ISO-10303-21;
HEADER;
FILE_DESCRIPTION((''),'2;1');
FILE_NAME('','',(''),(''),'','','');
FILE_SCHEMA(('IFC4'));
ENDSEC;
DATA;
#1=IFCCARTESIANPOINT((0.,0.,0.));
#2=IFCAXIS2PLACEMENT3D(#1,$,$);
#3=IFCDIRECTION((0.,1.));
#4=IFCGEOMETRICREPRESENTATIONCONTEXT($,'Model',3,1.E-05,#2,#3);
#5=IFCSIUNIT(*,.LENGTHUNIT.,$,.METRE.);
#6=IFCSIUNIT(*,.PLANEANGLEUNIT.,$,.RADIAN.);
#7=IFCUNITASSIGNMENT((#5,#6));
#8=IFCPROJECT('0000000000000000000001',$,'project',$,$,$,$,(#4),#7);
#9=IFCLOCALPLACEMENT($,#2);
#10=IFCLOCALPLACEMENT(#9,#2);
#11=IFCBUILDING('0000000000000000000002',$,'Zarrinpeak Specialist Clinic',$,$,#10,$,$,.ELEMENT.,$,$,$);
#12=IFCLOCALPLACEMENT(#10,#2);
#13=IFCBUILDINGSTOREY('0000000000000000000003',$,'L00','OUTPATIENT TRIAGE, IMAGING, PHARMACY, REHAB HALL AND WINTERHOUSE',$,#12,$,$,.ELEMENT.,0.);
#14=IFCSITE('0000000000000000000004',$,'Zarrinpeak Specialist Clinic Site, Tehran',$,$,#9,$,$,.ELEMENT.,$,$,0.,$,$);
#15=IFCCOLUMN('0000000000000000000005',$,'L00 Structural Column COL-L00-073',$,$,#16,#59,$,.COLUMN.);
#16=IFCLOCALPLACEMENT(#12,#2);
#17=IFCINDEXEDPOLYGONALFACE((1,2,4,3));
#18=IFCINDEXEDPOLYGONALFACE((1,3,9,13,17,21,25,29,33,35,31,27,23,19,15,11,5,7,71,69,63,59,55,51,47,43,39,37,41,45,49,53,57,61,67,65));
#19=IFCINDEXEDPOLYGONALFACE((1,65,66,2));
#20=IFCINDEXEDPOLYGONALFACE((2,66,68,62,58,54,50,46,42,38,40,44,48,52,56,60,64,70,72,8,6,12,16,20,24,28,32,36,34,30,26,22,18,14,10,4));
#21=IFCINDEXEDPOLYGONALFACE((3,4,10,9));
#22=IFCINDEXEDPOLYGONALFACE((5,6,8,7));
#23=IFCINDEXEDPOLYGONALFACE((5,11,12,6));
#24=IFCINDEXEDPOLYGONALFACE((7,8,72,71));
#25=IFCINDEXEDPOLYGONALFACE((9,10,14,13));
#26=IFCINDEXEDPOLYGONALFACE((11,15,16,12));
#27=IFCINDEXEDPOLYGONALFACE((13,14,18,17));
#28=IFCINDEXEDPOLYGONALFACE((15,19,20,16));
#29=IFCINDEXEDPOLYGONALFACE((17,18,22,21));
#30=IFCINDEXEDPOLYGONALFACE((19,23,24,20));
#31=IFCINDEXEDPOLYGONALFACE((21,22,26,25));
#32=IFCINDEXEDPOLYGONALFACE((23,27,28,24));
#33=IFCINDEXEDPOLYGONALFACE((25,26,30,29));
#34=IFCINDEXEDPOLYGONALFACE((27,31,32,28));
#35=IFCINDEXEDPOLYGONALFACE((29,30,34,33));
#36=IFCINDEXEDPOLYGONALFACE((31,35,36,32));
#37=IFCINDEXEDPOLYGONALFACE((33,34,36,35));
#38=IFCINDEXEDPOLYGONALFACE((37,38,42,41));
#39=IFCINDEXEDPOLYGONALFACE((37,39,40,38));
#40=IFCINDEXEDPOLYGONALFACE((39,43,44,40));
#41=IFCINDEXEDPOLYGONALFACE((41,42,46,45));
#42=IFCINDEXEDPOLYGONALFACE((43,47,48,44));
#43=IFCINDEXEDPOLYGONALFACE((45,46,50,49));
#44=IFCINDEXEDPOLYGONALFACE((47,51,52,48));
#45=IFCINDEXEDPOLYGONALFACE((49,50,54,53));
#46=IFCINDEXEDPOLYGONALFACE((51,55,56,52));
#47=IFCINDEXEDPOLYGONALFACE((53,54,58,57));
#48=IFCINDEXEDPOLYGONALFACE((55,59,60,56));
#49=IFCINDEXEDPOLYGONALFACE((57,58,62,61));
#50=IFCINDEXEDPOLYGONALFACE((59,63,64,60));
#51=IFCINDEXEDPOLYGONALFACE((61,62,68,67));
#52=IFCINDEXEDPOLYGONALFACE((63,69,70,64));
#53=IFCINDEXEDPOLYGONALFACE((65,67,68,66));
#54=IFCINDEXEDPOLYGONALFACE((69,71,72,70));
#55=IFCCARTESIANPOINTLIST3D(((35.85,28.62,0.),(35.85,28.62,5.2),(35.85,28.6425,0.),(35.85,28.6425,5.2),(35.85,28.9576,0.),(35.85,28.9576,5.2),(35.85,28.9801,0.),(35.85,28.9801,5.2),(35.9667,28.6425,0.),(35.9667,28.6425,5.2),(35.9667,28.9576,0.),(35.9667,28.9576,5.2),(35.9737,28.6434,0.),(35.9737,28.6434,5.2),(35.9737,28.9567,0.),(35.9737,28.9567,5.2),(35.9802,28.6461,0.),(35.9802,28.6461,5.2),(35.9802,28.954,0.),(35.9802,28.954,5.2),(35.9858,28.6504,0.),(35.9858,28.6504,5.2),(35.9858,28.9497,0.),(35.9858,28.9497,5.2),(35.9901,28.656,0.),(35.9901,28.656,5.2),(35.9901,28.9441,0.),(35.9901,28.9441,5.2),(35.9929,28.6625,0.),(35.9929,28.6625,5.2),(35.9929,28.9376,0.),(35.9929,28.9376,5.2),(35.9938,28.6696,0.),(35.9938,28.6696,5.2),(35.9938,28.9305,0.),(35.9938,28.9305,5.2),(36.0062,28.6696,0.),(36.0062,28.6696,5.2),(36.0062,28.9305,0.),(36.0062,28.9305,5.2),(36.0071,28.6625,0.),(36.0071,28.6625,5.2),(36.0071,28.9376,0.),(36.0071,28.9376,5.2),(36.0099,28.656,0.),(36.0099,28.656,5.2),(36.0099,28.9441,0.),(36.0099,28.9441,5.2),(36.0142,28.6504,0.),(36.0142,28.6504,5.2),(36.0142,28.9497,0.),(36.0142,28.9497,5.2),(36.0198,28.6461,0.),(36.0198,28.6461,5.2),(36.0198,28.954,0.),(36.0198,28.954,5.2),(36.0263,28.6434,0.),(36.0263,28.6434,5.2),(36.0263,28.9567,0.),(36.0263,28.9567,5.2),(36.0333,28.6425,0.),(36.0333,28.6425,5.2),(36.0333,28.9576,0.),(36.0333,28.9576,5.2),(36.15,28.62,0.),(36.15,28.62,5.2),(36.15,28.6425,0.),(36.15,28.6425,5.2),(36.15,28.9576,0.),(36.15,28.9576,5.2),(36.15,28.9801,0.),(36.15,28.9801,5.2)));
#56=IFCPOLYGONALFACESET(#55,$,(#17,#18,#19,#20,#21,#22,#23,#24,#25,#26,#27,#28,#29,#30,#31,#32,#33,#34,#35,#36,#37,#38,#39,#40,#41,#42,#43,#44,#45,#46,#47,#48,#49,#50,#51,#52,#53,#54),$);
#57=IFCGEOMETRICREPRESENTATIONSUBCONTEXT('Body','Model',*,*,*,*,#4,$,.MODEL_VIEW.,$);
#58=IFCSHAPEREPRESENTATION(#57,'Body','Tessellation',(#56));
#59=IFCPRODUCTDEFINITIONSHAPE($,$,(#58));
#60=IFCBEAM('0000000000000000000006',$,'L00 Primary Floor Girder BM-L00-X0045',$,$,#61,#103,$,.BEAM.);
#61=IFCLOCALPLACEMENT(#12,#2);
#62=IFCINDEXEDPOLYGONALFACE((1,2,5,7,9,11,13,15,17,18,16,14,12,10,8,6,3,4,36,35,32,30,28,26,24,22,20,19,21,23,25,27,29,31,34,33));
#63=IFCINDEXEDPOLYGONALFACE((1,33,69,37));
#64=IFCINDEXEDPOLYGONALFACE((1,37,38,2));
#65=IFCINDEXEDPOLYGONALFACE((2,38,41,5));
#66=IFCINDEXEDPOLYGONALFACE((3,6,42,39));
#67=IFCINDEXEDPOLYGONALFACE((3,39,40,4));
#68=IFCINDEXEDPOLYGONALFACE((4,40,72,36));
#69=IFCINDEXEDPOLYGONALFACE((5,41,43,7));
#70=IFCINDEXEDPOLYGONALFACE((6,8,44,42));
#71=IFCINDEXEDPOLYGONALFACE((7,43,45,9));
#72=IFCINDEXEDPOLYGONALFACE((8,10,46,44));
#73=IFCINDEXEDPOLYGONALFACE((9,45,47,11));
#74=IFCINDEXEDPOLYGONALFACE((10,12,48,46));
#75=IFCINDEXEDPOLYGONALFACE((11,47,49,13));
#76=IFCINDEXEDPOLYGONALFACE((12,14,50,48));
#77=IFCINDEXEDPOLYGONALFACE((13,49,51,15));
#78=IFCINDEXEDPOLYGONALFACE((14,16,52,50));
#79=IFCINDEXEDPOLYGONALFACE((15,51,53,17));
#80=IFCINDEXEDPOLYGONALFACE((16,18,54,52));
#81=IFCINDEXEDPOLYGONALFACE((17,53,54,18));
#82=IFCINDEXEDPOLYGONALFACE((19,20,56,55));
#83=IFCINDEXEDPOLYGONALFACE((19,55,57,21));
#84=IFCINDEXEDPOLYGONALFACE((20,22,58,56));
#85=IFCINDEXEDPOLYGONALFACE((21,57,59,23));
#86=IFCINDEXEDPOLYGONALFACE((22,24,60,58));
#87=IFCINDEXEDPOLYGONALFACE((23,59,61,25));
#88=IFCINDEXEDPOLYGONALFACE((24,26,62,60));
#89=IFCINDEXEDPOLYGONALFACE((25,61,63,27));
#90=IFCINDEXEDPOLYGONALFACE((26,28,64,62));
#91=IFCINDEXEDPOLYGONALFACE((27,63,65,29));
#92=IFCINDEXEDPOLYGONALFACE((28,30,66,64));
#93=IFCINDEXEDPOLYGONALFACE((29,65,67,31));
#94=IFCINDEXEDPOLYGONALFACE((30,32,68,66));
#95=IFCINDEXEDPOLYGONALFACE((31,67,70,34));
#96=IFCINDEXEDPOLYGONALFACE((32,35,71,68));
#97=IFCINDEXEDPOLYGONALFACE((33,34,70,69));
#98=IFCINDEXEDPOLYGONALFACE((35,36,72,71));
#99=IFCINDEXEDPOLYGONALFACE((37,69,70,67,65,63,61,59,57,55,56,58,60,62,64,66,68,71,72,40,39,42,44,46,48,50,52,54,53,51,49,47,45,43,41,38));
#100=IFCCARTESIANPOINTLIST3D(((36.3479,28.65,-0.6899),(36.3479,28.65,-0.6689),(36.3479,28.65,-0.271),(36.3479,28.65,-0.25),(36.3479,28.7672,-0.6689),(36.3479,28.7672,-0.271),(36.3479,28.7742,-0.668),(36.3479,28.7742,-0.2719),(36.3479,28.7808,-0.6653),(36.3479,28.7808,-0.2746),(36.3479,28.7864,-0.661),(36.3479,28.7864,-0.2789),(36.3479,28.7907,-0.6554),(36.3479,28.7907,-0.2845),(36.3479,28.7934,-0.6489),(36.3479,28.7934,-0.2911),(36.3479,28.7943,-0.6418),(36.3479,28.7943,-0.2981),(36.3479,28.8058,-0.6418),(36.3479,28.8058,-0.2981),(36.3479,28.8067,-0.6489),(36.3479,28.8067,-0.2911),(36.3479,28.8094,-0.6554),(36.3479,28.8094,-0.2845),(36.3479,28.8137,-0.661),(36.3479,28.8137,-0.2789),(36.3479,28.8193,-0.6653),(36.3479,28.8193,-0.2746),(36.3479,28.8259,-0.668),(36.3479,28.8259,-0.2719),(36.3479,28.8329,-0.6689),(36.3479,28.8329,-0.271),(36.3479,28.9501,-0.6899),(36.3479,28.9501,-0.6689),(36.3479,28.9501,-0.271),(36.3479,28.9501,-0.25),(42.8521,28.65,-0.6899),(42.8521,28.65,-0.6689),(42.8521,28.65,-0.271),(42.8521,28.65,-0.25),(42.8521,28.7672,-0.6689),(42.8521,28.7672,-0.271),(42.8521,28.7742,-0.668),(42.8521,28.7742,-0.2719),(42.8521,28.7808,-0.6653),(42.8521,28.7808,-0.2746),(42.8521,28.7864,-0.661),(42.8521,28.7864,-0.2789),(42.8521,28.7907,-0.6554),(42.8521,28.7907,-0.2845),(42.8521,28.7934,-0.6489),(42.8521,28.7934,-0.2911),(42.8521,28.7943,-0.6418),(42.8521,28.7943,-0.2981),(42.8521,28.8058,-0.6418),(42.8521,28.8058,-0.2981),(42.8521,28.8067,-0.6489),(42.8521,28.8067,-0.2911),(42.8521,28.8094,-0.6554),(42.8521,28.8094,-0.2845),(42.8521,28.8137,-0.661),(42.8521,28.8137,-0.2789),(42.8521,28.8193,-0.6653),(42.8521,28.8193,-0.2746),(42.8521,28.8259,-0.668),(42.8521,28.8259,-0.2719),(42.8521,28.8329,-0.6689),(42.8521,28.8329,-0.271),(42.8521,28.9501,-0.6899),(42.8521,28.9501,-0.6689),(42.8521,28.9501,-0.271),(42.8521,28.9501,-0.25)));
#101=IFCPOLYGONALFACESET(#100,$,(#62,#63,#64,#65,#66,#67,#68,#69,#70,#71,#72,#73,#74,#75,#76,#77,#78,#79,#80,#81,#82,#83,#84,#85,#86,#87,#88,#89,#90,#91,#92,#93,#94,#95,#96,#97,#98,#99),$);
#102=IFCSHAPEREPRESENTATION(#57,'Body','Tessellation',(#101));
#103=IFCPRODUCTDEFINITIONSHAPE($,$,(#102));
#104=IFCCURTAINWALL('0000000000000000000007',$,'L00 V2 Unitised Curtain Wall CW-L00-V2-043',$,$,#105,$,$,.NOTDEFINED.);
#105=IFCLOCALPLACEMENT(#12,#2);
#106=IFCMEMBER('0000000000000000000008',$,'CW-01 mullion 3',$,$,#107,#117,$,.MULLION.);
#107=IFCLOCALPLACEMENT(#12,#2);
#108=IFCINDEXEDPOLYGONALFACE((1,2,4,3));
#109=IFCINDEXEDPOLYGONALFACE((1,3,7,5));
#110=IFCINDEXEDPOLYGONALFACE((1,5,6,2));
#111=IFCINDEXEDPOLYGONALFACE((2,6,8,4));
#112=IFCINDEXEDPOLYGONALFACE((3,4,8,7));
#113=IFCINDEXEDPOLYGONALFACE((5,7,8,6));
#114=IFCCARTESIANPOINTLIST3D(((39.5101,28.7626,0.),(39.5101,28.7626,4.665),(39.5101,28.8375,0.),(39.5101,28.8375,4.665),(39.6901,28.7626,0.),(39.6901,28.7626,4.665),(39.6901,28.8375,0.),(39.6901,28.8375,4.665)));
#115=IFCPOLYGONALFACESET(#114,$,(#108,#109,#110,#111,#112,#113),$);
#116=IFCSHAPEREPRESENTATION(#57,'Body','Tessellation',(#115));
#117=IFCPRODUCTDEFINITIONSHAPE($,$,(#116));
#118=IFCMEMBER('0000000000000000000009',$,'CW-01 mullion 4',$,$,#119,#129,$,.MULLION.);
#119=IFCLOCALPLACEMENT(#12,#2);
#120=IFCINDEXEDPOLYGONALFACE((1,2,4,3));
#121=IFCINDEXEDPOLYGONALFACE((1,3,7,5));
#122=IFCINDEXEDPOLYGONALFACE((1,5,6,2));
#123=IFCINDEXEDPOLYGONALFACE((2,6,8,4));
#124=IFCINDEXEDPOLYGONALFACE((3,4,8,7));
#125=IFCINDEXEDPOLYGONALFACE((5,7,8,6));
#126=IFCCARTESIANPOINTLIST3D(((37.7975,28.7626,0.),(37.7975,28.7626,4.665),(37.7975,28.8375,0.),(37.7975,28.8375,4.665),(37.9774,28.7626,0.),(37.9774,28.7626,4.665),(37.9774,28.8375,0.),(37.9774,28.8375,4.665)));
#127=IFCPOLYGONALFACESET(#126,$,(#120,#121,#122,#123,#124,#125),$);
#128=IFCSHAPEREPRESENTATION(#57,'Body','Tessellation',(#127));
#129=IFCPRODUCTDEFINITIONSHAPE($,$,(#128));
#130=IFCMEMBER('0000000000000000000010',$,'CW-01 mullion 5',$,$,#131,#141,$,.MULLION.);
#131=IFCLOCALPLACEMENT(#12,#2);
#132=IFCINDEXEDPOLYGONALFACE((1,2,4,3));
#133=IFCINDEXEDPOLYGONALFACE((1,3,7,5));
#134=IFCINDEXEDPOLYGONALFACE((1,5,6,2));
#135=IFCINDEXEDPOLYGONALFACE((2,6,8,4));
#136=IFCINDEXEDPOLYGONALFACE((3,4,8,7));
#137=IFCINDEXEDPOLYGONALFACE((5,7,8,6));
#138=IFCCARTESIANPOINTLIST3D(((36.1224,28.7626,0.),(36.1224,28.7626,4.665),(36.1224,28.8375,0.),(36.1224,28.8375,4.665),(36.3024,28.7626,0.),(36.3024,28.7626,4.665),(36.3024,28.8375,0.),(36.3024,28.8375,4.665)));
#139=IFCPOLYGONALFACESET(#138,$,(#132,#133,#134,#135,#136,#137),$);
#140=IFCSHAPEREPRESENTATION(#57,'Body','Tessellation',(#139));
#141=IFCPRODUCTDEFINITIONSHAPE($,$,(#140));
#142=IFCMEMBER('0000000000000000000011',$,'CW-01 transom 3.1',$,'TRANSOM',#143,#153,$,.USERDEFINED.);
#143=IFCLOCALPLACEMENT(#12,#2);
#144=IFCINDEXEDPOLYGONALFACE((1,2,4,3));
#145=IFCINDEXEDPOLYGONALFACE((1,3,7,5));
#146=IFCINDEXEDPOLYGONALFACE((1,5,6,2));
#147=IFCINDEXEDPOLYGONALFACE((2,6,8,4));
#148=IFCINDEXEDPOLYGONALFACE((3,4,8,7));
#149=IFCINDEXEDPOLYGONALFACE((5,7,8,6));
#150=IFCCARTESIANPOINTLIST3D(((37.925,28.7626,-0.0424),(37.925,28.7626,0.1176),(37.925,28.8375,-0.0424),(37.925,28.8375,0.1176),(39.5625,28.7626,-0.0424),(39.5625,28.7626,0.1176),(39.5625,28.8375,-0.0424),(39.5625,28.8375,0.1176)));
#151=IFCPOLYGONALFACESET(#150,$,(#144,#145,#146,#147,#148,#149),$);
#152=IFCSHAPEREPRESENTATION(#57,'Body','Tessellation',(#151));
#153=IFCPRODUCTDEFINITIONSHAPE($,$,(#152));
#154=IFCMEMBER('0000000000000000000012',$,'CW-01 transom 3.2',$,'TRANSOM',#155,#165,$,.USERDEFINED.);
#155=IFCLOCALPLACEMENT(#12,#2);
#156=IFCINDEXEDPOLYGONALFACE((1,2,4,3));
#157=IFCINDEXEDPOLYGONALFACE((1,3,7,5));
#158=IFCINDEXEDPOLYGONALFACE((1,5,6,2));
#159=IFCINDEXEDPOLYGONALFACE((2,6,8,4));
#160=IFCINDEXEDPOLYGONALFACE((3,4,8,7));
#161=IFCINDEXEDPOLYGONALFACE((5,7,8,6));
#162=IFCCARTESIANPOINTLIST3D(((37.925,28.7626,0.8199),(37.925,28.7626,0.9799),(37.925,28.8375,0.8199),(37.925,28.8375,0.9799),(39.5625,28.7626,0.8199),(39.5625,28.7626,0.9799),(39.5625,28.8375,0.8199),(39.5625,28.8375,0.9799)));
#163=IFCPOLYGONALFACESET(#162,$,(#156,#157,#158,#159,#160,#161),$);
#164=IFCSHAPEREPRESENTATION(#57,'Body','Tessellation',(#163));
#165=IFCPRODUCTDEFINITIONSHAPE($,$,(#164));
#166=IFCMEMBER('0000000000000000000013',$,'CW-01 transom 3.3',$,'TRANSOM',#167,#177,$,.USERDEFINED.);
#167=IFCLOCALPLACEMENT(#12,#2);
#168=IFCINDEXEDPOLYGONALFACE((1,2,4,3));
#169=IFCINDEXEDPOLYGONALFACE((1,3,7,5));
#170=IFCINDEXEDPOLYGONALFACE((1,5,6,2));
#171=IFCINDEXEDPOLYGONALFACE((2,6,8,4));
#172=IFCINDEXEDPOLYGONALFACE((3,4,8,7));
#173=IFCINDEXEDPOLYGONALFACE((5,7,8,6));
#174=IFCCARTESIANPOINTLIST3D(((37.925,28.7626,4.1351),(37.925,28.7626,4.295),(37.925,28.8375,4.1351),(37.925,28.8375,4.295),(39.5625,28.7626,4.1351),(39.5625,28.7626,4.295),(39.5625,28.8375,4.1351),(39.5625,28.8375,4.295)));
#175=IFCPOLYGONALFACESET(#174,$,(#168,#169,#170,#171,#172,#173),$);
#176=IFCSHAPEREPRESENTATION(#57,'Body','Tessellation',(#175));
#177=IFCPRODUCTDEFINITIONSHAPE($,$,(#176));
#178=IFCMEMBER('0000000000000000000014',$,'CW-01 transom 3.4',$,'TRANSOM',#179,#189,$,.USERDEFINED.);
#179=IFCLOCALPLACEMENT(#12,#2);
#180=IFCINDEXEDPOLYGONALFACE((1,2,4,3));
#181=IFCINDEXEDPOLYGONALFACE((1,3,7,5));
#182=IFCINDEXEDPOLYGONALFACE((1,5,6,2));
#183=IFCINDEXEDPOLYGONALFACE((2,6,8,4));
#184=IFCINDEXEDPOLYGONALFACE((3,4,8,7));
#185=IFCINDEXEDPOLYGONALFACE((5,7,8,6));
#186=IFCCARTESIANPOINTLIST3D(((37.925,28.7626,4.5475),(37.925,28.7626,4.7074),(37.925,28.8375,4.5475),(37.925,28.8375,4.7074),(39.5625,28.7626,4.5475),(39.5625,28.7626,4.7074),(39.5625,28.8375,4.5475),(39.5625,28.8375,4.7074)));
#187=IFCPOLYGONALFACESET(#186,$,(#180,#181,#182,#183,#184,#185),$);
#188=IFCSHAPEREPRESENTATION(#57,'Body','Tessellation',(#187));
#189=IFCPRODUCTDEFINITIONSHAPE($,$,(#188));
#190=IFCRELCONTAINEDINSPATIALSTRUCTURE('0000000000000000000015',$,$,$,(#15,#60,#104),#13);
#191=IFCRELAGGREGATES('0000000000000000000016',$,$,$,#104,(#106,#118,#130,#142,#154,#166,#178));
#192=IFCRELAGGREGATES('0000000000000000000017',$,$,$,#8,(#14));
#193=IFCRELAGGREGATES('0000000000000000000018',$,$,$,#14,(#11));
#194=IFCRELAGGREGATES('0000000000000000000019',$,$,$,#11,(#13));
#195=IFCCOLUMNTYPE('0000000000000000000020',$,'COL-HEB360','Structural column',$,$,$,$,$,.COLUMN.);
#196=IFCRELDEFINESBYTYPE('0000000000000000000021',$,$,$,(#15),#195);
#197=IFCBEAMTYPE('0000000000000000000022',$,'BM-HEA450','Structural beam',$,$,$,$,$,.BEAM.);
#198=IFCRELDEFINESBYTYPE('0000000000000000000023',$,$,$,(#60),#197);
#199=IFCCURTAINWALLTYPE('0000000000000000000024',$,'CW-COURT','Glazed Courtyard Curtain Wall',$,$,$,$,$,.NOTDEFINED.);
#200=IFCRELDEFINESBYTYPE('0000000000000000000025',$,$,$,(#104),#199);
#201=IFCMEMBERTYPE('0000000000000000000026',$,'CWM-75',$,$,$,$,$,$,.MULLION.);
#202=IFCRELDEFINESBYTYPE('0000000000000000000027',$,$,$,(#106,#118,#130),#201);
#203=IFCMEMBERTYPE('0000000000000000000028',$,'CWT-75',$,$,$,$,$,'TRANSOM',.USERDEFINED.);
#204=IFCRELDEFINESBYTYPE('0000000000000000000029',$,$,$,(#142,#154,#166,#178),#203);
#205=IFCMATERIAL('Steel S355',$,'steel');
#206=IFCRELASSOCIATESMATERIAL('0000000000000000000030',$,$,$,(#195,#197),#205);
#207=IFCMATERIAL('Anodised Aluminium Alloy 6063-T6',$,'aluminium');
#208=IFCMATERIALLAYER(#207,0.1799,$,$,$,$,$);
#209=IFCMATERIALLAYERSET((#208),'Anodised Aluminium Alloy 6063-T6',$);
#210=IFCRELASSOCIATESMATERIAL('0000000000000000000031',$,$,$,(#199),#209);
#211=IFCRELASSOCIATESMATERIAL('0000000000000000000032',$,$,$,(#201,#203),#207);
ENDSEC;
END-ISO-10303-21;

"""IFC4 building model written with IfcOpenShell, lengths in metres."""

from ifc_helpers import new_model, si_unit, direction, frame, origin, origin_2d, place, context, subcontext, project, spatial, rectangle, i_section, extrude, material, layer, layer_set, material_profile, profile_set, type_object, element, aggregate, save


model = new_model("IFC4")

# Units and contexts
model_context = context("Model", 3, precision=1e-05, world=origin(), true_north=direction((0.0, 1.0)))
body_context = subcontext(model_context, "Body", "Model", "MODEL_VIEW")
ifc_project = project(units=[si_unit("LENGTHUNIT", "METRE"), si_unit("PLANEANGLEUNIT", "RADIAN")], contexts=[model_context])

# Site, building, storey
site_placement = place(None, origin())
site = spatial("IfcSite", under=ifc_project, at=site_placement, Name="Zarrinpeak Specialist Clinic Site, Tehran", CompositionType="ELEMENT", RefElevation=0.0)
building_placement = place(site_placement, origin())
building = spatial("IfcBuilding", under=site, at=building_placement, Name="Zarrinpeak Specialist Clinic", CompositionType="ELEMENT")
storey_placement = place(building_placement, origin())
storey = spatial("IfcBuildingStorey", under=building, at=storey_placement, Name="L00", Description="OUTPATIENT TRIAGE, IMAGING, PHARMACY, REHAB HALL AND WINTERHOUSE", CompositionType="ELEMENT", Elevation=0.0)

# Column
ifc_material_1 = material(Name="Steel S355", Category="steel")
ifc_material_profile_1 = material_profile(ifc_material_1, i_section(OverallWidth=0.3, OverallDepth=0.3601, WebThickness=0.0125, FlangeThickness=0.0225, FilletRadius=0.0271, at=origin_2d()), Name="HEB 360")
ifc_profile_set_1 = profile_set([ifc_material_profile_1], Name="Steel S355")
column_type = type_object("IfcColumnType", Name="COL-HEB360", Description="Structural column", PredefinedType="COLUMN", material=ifc_profile_set_1)
column_placement = place(storey_placement, frame((36.0, 28.8, 0.0), z_axis=(0.0, 0.0, 1.0), x_axis=(1.0, 0.0, 0.0)))
element("IfcColumn", 1, at=column_placement, inside=storey, type_object=column_type, Name="L00 Structural Column COL-L00-073", PredefinedType="COLUMN", context=body_context, shape_type="SweptSolid", body=[
    extrude(i_section(OverallWidth=0.3, OverallDepth=0.3601, WebThickness=0.0125, FlangeThickness=0.0225, FilletRadius=0.0271, at=origin_2d()), origin(), (0.0, 0.0, 1.0), 5.2),
])

# Beam
ifc_material_profile_2 = material_profile(ifc_material_1, i_section(OverallWidth=0.3, OverallDepth=0.4399, WebThickness=0.0115, FlangeThickness=0.021, FilletRadius=0.0271, at=origin_2d()), Name="HEA 450")
ifc_profile_set_2 = profile_set([ifc_material_profile_2], Name="Steel S355")
beam_type = type_object("IfcBeamType", Name="BM-HEA450", Description="Structural beam", PredefinedType="BEAM", material=ifc_profile_set_2)
beam_placement = place(storey_placement, frame((36.3479, 28.8, -0.47), z_axis=(1.0, 0.0, 0.0), x_axis=(0.0, 1.0, 0.0)))
element("IfcBeam", 2, at=beam_placement, inside=storey, type_object=beam_type, Name="L00 Primary Floor Girder BM-L00-X0045", PredefinedType="BEAM", context=body_context, shape_type="SweptSolid", body=[
    extrude(i_section(OverallWidth=0.3, OverallDepth=0.4399, WebThickness=0.0115, FlangeThickness=0.021, FilletRadius=0.0271, at=origin_2d()), origin(), (0.0, 0.0, 1.0), 6.5042),
])

# Curtain wall, members
ifc_material_2 = material(Name="Anodised Aluminium Alloy 6063-T6", Category="aluminium")
ifc_layer_1 = layer(ifc_material_2, 0.1799)
ifc_layer_set_1 = layer_set([ifc_layer_1], Name="Anodised Aluminium Alloy 6063-T6")
curtain_wall_type = type_object("IfcCurtainWallType", Name="CW-COURT", Description="Glazed Courtyard Curtain Wall", PredefinedType="NOTDEFINED", material=ifc_layer_set_1)
curtain_wall_placement = place(storey_placement, origin())
curtain_wall = element("IfcCurtainWall", 3, at=curtain_wall_placement, inside=storey, type_object=curtain_wall_type, Name="L00 V2 Unitised Curtain Wall CW-L00-V2-043", PredefinedType="NOTDEFINED")
ifc_material_profile_3 = material_profile(ifc_material_2, rectangle(XDim=0.075, YDim=0.1799, at=origin_2d()), Name="ALU 75x180")
ifc_profile_set_3 = profile_set([ifc_material_profile_3], Name="Anodised Aluminium Alloy 6063-T6")
member_type_1 = type_object("IfcMemberType", Name="CWM-75", PredefinedType="MULLION", material=ifc_profile_set_3)
member_1_placement = place(storey_placement, frame((39.6001, 28.8, 0.0), z_axis=(0.0, 0.0, 1.0), x_axis=(0.0, -1.0, 0.0)))
member_1 = element("IfcMember", 4, at=member_1_placement, type_object=member_type_1, Name="CW-01 mullion 3", PredefinedType="MULLION", context=body_context, shape_type="SweptSolid", body=[
    extrude(rectangle(XDim=0.075, YDim=0.1799, at=origin_2d()), origin(), (0.0, 0.0, 1.0), 4.665),
])
member_2_placement = place(storey_placement, frame((37.8875, 28.8, 0.0), z_axis=(0.0, 0.0, 1.0), x_axis=(0.0, -1.0, 0.0)))
member_2 = element("IfcMember", 5, at=member_2_placement, type_object=member_type_1, Name="CW-01 mullion 4", PredefinedType="MULLION", context=body_context, shape_type="SweptSolid", body=[
    extrude(rectangle(XDim=0.075, YDim=0.1799, at=origin_2d()), origin(), (0.0, 0.0, 1.0), 4.665),
])
member_3_placement = place(storey_placement, frame((36.2124, 28.8, 0.0), z_axis=(0.0, 0.0, 1.0), x_axis=(0.0, -1.0, 0.0)))
member_3 = element("IfcMember", 6, at=member_3_placement, type_object=member_type_1, Name="CW-01 mullion 5", PredefinedType="MULLION", context=body_context, shape_type="SweptSolid", body=[
    extrude(rectangle(XDim=0.075, YDim=0.1799, at=origin_2d()), origin(), (0.0, 0.0, 1.0), 4.665),
])
ifc_material_profile_4 = material_profile(ifc_material_2, rectangle(XDim=0.075, YDim=0.1599, at=origin_2d()), Name="ALU 75x160")
ifc_profile_set_4 = profile_set([ifc_material_profile_4], Name="Anodised Aluminium Alloy 6063-T6")
member_type_2 = type_object("IfcMemberType", Name="CWT-75", ElementType="TRANSOM", PredefinedType="USERDEFINED", material=ifc_profile_set_4)
member_4_placement = place(storey_placement, frame((39.5625, 28.8, 0.0376), z_axis=(-1.0, 0.0, 0.0), x_axis=(0.0, -1.0, 0.0)))
member_4 = element("IfcMember", 7, at=member_4_placement, type_object=member_type_2, Name="CW-01 transom 3.1", ObjectType="TRANSOM", PredefinedType="USERDEFINED", context=body_context, shape_type="SweptSolid", body=[
    extrude(rectangle(XDim=0.075, YDim=0.1599, at=origin_2d()), origin(), (0.0, 0.0, 1.0), 1.6375),
])
member_5_placement = place(storey_placement, frame((39.5625, 28.8, 0.8999), z_axis=(-1.0, 0.0, 0.0), x_axis=(0.0, -1.0, 0.0)))
member_5 = element("IfcMember", 8, at=member_5_placement, type_object=member_type_2, Name="CW-01 transom 3.2", ObjectType="TRANSOM", PredefinedType="USERDEFINED", context=body_context, shape_type="SweptSolid", body=[
    extrude(rectangle(XDim=0.075, YDim=0.1599, at=origin_2d()), origin(), (0.0, 0.0, 1.0), 1.6375),
])
member_6_placement = place(storey_placement, frame((39.5625, 28.8, 4.2151), z_axis=(-1.0, 0.0, 0.0), x_axis=(0.0, -1.0, 0.0)))
member_6 = element("IfcMember", 9, at=member_6_placement, type_object=member_type_2, Name="CW-01 transom 3.3", ObjectType="TRANSOM", PredefinedType="USERDEFINED", context=body_context, shape_type="SweptSolid", body=[
    extrude(rectangle(XDim=0.075, YDim=0.1599, at=origin_2d()), origin(), (0.0, 0.0, 1.0), 1.6375),
])
member_7_placement = place(storey_placement, frame((39.5625, 28.8, 4.6274), z_axis=(-1.0, 0.0, 0.0), x_axis=(0.0, -1.0, 0.0)))
member_7 = element("IfcMember", 10, at=member_7_placement, type_object=member_type_2, Name="CW-01 transom 3.4", ObjectType="TRANSOM", PredefinedType="USERDEFINED", context=body_context, shape_type="SweptSolid", body=[
    extrude(rectangle(XDim=0.075, YDim=0.1599, at=origin_2d()), origin(), (0.0, 0.0, 1.0), 1.6375),
])
aggregate(curtain_wall, [member_1, member_2, member_3, member_4, member_5, member_6, member_7])

save(model, "model.ifc")
